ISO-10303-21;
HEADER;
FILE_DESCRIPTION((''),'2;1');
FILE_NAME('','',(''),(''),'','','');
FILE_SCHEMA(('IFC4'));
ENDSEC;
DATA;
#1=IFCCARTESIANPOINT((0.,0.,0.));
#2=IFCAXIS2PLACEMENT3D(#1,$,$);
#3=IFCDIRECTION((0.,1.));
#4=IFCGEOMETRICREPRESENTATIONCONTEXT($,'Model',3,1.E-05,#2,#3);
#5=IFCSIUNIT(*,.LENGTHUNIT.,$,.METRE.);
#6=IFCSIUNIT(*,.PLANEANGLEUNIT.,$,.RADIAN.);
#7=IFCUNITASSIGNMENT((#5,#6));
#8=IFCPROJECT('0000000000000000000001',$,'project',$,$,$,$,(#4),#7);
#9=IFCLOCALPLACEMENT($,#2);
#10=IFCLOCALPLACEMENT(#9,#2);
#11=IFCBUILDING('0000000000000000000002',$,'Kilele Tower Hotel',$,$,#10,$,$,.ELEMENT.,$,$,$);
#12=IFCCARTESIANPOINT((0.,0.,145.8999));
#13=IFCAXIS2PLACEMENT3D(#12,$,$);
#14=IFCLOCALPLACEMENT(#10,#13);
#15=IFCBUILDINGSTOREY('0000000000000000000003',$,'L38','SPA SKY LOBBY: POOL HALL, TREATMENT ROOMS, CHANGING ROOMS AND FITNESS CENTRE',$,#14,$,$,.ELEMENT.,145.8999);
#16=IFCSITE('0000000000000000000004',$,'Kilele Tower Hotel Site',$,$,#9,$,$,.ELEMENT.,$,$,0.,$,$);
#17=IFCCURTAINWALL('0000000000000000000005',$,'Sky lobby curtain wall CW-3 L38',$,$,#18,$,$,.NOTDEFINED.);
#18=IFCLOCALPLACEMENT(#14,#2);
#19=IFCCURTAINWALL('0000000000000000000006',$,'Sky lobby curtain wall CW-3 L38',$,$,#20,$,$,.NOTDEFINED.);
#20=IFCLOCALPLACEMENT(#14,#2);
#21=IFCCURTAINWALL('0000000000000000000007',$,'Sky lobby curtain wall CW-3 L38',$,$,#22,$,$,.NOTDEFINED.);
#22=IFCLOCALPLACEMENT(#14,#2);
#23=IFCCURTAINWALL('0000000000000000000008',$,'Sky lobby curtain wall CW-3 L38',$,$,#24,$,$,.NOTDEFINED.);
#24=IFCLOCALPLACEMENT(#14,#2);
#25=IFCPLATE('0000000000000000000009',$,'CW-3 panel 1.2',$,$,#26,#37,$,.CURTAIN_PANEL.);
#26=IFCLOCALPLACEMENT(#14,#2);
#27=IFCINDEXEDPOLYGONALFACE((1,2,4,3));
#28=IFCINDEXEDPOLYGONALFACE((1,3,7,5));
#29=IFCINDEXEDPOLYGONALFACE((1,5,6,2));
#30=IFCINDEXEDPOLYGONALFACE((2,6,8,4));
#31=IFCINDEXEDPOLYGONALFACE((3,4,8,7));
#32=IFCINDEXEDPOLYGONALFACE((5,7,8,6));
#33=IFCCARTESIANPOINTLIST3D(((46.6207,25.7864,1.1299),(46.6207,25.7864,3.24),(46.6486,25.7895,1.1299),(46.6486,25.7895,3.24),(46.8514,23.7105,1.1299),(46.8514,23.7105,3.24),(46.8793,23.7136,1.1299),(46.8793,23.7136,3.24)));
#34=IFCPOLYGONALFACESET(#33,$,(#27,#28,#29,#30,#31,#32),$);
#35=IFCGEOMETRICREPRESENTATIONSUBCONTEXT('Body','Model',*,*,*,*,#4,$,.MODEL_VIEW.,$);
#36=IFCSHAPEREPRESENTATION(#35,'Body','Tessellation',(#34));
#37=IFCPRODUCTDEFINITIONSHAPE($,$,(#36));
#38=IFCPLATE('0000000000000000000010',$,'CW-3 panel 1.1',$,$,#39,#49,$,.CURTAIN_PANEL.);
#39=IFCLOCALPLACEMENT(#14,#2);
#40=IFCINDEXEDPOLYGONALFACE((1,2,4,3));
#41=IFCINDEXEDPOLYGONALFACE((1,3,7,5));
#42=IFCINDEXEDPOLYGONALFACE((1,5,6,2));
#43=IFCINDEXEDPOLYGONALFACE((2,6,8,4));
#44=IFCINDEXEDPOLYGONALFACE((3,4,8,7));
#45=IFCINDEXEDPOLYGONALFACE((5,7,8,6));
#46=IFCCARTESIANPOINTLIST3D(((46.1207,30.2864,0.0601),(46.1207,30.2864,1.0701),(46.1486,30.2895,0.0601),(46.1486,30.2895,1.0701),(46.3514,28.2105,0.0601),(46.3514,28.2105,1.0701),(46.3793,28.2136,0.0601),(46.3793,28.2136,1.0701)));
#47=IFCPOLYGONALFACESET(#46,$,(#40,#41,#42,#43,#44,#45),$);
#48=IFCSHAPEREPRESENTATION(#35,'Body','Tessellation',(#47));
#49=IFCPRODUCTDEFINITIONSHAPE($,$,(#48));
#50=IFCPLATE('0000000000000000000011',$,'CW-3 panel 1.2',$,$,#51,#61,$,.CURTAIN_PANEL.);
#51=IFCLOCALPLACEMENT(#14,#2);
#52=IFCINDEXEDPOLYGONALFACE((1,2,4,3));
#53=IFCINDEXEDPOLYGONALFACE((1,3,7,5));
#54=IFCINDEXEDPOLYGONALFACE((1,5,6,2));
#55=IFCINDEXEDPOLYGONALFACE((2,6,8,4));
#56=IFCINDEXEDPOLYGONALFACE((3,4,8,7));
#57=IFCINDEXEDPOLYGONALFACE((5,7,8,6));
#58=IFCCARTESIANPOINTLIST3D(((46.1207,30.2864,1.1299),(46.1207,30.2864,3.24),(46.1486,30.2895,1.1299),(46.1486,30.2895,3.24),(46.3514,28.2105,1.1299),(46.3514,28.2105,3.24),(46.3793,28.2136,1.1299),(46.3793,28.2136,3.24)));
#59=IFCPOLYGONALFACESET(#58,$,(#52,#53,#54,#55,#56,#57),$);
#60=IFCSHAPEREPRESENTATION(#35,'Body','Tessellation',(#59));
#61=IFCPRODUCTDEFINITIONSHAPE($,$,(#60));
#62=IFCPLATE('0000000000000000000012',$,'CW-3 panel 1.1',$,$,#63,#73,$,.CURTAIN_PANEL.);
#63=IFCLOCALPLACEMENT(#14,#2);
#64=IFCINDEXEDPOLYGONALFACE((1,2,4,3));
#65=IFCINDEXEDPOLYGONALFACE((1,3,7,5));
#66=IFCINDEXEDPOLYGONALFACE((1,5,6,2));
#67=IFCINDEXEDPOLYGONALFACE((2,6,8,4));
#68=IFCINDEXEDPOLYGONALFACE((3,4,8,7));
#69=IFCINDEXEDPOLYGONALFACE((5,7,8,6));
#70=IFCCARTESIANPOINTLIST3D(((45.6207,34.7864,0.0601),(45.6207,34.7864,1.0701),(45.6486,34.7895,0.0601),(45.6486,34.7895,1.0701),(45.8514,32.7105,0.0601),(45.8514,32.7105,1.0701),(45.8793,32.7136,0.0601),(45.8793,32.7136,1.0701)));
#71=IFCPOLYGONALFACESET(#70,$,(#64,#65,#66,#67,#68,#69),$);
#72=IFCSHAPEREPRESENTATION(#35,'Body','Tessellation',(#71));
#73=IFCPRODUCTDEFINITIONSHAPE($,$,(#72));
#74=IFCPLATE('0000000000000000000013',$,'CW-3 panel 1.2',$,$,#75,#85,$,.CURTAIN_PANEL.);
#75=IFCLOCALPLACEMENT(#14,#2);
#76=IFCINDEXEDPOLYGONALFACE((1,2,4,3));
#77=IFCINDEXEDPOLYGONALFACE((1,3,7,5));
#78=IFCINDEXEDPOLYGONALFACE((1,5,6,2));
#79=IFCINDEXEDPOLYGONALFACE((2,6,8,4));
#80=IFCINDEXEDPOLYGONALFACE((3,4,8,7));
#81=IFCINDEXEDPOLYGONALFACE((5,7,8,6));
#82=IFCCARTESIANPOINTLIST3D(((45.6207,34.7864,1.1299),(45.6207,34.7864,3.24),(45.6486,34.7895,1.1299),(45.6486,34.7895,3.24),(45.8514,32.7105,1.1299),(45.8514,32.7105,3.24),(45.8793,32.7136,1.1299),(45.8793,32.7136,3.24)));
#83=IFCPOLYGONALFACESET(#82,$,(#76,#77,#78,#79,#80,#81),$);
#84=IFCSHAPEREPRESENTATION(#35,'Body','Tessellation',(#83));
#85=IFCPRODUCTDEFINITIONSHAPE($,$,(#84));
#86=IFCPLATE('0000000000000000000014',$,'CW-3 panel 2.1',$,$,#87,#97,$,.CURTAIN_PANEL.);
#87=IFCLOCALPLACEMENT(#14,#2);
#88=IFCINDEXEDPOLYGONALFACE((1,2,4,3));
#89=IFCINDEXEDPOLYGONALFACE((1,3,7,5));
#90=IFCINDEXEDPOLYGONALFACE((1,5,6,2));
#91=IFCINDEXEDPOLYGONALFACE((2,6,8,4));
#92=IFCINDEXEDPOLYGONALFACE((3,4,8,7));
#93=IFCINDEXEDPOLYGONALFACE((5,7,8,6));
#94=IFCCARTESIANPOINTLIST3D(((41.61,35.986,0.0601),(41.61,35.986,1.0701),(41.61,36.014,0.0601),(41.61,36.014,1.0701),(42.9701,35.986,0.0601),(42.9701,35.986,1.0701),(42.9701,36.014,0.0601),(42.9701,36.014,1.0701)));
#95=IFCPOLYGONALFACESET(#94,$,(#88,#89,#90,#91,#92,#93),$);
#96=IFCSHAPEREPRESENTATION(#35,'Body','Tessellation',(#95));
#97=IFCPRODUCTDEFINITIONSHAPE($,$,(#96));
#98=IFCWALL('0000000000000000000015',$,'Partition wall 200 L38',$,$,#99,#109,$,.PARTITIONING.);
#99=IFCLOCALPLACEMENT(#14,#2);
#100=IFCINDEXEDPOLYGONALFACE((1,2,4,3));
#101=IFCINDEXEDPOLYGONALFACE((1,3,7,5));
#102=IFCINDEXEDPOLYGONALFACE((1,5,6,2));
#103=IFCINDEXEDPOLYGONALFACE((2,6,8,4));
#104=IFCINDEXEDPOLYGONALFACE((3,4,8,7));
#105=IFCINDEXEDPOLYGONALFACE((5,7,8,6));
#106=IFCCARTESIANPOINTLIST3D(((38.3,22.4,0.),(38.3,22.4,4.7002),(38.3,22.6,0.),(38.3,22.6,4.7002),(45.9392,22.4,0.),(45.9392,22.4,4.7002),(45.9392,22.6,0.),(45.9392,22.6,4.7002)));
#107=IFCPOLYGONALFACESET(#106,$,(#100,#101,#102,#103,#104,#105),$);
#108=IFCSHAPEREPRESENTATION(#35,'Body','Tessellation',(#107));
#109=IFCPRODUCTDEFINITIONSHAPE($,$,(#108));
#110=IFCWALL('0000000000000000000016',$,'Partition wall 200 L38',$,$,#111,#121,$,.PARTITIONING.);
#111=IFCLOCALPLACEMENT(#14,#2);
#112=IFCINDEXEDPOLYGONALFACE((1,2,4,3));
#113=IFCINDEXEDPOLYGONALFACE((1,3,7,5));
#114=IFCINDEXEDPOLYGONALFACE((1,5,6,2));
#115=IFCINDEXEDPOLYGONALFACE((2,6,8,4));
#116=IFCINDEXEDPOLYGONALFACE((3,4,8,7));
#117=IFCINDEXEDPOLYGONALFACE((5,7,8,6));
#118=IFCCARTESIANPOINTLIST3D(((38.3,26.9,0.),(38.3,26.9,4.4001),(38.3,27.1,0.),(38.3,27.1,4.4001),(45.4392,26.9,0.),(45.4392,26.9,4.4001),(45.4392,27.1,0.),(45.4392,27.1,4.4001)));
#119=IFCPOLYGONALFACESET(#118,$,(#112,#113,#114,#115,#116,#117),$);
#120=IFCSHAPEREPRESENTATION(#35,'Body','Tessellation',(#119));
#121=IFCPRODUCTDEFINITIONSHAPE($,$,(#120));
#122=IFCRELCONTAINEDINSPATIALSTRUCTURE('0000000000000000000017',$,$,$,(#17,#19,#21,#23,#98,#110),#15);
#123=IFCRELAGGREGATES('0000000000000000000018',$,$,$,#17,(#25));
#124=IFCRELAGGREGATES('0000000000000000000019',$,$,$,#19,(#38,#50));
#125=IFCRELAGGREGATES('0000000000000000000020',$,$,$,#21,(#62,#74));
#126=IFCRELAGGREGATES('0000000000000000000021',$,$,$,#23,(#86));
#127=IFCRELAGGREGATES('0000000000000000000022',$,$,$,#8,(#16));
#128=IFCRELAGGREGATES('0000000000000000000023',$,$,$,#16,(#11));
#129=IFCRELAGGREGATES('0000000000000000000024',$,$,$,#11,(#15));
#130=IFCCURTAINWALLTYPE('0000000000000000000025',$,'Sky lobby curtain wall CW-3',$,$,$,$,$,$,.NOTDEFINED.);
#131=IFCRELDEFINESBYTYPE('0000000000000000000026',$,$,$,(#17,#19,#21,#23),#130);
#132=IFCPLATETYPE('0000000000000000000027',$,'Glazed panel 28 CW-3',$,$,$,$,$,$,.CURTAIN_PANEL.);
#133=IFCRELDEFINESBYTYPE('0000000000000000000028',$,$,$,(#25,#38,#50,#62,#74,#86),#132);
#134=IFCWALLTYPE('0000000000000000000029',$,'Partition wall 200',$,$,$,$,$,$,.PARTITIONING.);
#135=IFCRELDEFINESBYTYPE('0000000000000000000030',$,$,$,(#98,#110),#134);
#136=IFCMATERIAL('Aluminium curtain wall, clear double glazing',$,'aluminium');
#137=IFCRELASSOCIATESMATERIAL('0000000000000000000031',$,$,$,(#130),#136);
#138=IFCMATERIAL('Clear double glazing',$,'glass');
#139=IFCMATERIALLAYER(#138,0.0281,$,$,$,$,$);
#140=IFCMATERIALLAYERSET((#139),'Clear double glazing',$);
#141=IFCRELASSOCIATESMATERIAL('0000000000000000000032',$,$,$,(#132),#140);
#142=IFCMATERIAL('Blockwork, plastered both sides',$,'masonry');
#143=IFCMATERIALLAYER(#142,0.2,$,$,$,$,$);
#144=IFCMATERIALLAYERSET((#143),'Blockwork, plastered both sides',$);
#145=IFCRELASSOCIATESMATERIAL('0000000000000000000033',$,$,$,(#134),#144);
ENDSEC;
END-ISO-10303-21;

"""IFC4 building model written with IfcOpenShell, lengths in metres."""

from ifc_helpers import new_model, si_unit, direction, frame, frame_2d, origin, origin_2d, place, context, subcontext, project, spatial, rectangle, extrude, material, layer, layer_set, type_object, element, aggregate, save


model = new_model("IFC4")

# Units and contexts
model_context = context("Model", 3, precision=1e-05, world=origin(), true_north=direction((0.0, 1.0)))
body_context = subcontext(model_context, "Body", "Model", "MODEL_VIEW")
ifc_project = project(units=[si_unit("LENGTHUNIT", "METRE"), si_unit("PLANEANGLEUNIT", "RADIAN")], contexts=[model_context])

# Site, building, storey
site_placement = place(None, origin())
site = spatial("IfcSite", under=ifc_project, at=site_placement, Name="Kilele Tower Hotel Site", CompositionType="ELEMENT", RefElevation=0.0)
building_placement = place(site_placement, origin())
building = spatial("IfcBuilding", under=site, at=building_placement, Name="Kilele Tower Hotel", CompositionType="ELEMENT")
storey_placement = place(building_placement, frame((0.0, 0.0, 145.8999)))
storey = spatial("IfcBuildingStorey", under=building, at=storey_placement, Name="L38", Description="SPA SKY LOBBY: POOL HALL, TREATMENT ROOMS, CHANGING ROOMS AND FITNESS CENTRE", CompositionType="ELEMENT", Elevation=145.8999)

# Shared definitions
ifc_material_1 = material(Name="Aluminium curtain wall, clear double glazing", Category="aluminium")
curtain_wall_type = type_object("IfcCurtainWallType", Name="Sky lobby curtain wall CW-3", PredefinedType="NOTDEFINED", material=ifc_material_1)

# Curtain walls
curtain_wall_1_placement = place(storey_placement, origin())
curtain_wall_1 = element("IfcCurtainWall", 1, at=curtain_wall_1_placement, inside=storey, type_object=curtain_wall_type, Name="Sky lobby curtain wall CW-3 L38", PredefinedType="NOTDEFINED")
curtain_wall_2_placement = place(storey_placement, origin())
curtain_wall_2 = element("IfcCurtainWall", 2, at=curtain_wall_2_placement, inside=storey, type_object=curtain_wall_type, Name="Sky lobby curtain wall CW-3 L38", PredefinedType="NOTDEFINED")
curtain_wall_3_placement = place(storey_placement, origin())
curtain_wall_3 = element("IfcCurtainWall", 3, at=curtain_wall_3_placement, inside=storey, type_object=curtain_wall_type, Name="Sky lobby curtain wall CW-3 L38", PredefinedType="NOTDEFINED")

# Curtain wall
curtain_wall_4_placement = place(storey_placement, origin())
curtain_wall_4 = element("IfcCurtainWall", 4, at=curtain_wall_4_placement, inside=storey, type_object=curtain_wall_type, Name="Sky lobby curtain wall CW-3 L38", PredefinedType="NOTDEFINED")

# Plates
ifc_material_2 = material(Name="Clear double glazing", Category="glass")
ifc_layer_1 = layer(ifc_material_2, 0.0281)
ifc_layer_set_1 = layer_set([ifc_layer_1], Name="Clear double glazing")
plate_type = type_object("IfcPlateType", Name="Glazed panel 28 CW-3", PredefinedType="CURTAIN_PANEL", material=ifc_layer_set_1)
plate_1_placement = place(storey_placement, frame((46.75, 24.75, 1.1299), z_axis=(0.0, 0.0, 1.0), x_axis=(-0.110432, 0.993884, 0.0)))
plate_1 = element("IfcPlate", 5, at=plate_1_placement, type_object=plate_type, Name="CW-3 panel 1.2", PredefinedType="CURTAIN_PANEL", context=body_context, shape_type="SweptSolid", body=[
    extrude(rectangle(XDim=2.0886, YDim=0.0281, at=origin_2d()), origin(), (0.0, 0.0, 1.0), 2.1101),
])
aggregate(curtain_wall_1, [plate_1])
plate_2_placement = place(storey_placement, frame((46.25, 29.25, 0.0601), z_axis=(0.0, 0.0, 1.0), x_axis=(-0.110432, 0.993884, 0.0)))
plate_2 = element("IfcPlate", 6, at=plate_2_placement, type_object=plate_type, Name="CW-3 panel 1.1", PredefinedType="CURTAIN_PANEL", context=body_context, shape_type="SweptSolid", body=[
    extrude(rectangle(XDim=2.0886, YDim=0.0281, at=origin_2d()), origin(), (0.0, 0.0, 1.0), 1.01),
])
plate_3_placement = place(storey_placement, frame((46.25, 29.25, 1.1299), z_axis=(0.0, 0.0, 1.0), x_axis=(-0.110432, 0.993884, 0.0)))
plate_3 = element("IfcPlate", 7, at=plate_3_placement, type_object=plate_type, Name="CW-3 panel 1.2", PredefinedType="CURTAIN_PANEL", context=body_context, shape_type="SweptSolid", body=[
    extrude(rectangle(XDim=2.0886, YDim=0.0281, at=origin_2d()), origin(), (0.0, 0.0, 1.0), 2.1101),
])
aggregate(curtain_wall_2, [plate_2, plate_3])
plate_4_placement = place(storey_placement, frame((45.75, 33.75, 0.0601), z_axis=(0.0, 0.0, 1.0), x_axis=(-0.110432, 0.993884, 0.0)))
plate_4 = element("IfcPlate", 8, at=plate_4_placement, type_object=plate_type, Name="CW-3 panel 1.1", PredefinedType="CURTAIN_PANEL", context=body_context, shape_type="SweptSolid", body=[
    extrude(rectangle(XDim=2.0886, YDim=0.0281, at=origin_2d()), origin(), (0.0, 0.0, 1.0), 1.01),
])
plate_5_placement = place(storey_placement, frame((45.75, 33.75, 1.1299), z_axis=(0.0, 0.0, 1.0), x_axis=(-0.110432, 0.993884, 0.0)))
plate_5 = element("IfcPlate", 9, at=plate_5_placement, type_object=plate_type, Name="CW-3 panel 1.2", PredefinedType="CURTAIN_PANEL", context=body_context, shape_type="SweptSolid", body=[
    extrude(rectangle(XDim=2.0886, YDim=0.0281, at=origin_2d()), origin(), (0.0, 0.0, 1.0), 2.1101),
])
aggregate(curtain_wall_3, [plate_4, plate_5])
plate_6_placement = place(storey_placement, frame((42.29, 36.0, 0.0601), z_axis=(0.0, 0.0, 1.0), x_axis=(-1.0, 0.0, 0.0)))
plate_6 = element("IfcPlate", 10, at=plate_6_placement, type_object=plate_type, Name="CW-3 panel 2.1", PredefinedType="CURTAIN_PANEL", context=body_context, shape_type="SweptSolid", body=[
    extrude(rectangle(XDim=1.3601, YDim=0.0281, at=origin_2d()), origin(), (0.0, 0.0, 1.0), 1.01),
])
aggregate(curtain_wall_4, [plate_6])

# Walls
ifc_material_3 = material(Name="Blockwork, plastered both sides", Category="masonry")
ifc_layer_2 = layer(ifc_material_3, 0.2)
ifc_layer_set_2 = layer_set([ifc_layer_2], Name="Blockwork, plastered both sides")
wall_type = type_object("IfcWallType", Name="Partition wall 200", PredefinedType="PARTITIONING", material=ifc_layer_set_2)
wall_1_placement = place(storey_placement, frame((38.3, 22.5, 0.0), z_axis=(0.0, 0.0, 1.0), x_axis=(1.0, 0.0, 0.0)))
element("IfcWall", 11, at=wall_1_placement, inside=storey, type_object=wall_type, Name="Partition wall 200 L38", PredefinedType="PARTITIONING", context=body_context, shape_type="SweptSolid", body=[
    extrude(rectangle(XDim=7.6392, YDim=0.2, at=frame_2d((3.8196, 0.0))), origin(), (0.0, 0.0, 1.0), 4.7002),
])
wall_2_placement = place(storey_placement, frame((38.3, 27.0, 0.0), z_axis=(0.0, 0.0, 1.0), x_axis=(1.0, 0.0, 0.0)))
element("IfcWall", 12, at=wall_2_placement, inside=storey, type_object=wall_type, Name="Partition wall 200 L38", PredefinedType="PARTITIONING", context=body_context, shape_type="SweptSolid", body=[
    extrude(rectangle(XDim=7.1392, YDim=0.2, at=frame_2d((3.5696, 0.0))), origin(), (0.0, 0.0, 1.0), 4.4001),
])

save(model, "model.ifc")
